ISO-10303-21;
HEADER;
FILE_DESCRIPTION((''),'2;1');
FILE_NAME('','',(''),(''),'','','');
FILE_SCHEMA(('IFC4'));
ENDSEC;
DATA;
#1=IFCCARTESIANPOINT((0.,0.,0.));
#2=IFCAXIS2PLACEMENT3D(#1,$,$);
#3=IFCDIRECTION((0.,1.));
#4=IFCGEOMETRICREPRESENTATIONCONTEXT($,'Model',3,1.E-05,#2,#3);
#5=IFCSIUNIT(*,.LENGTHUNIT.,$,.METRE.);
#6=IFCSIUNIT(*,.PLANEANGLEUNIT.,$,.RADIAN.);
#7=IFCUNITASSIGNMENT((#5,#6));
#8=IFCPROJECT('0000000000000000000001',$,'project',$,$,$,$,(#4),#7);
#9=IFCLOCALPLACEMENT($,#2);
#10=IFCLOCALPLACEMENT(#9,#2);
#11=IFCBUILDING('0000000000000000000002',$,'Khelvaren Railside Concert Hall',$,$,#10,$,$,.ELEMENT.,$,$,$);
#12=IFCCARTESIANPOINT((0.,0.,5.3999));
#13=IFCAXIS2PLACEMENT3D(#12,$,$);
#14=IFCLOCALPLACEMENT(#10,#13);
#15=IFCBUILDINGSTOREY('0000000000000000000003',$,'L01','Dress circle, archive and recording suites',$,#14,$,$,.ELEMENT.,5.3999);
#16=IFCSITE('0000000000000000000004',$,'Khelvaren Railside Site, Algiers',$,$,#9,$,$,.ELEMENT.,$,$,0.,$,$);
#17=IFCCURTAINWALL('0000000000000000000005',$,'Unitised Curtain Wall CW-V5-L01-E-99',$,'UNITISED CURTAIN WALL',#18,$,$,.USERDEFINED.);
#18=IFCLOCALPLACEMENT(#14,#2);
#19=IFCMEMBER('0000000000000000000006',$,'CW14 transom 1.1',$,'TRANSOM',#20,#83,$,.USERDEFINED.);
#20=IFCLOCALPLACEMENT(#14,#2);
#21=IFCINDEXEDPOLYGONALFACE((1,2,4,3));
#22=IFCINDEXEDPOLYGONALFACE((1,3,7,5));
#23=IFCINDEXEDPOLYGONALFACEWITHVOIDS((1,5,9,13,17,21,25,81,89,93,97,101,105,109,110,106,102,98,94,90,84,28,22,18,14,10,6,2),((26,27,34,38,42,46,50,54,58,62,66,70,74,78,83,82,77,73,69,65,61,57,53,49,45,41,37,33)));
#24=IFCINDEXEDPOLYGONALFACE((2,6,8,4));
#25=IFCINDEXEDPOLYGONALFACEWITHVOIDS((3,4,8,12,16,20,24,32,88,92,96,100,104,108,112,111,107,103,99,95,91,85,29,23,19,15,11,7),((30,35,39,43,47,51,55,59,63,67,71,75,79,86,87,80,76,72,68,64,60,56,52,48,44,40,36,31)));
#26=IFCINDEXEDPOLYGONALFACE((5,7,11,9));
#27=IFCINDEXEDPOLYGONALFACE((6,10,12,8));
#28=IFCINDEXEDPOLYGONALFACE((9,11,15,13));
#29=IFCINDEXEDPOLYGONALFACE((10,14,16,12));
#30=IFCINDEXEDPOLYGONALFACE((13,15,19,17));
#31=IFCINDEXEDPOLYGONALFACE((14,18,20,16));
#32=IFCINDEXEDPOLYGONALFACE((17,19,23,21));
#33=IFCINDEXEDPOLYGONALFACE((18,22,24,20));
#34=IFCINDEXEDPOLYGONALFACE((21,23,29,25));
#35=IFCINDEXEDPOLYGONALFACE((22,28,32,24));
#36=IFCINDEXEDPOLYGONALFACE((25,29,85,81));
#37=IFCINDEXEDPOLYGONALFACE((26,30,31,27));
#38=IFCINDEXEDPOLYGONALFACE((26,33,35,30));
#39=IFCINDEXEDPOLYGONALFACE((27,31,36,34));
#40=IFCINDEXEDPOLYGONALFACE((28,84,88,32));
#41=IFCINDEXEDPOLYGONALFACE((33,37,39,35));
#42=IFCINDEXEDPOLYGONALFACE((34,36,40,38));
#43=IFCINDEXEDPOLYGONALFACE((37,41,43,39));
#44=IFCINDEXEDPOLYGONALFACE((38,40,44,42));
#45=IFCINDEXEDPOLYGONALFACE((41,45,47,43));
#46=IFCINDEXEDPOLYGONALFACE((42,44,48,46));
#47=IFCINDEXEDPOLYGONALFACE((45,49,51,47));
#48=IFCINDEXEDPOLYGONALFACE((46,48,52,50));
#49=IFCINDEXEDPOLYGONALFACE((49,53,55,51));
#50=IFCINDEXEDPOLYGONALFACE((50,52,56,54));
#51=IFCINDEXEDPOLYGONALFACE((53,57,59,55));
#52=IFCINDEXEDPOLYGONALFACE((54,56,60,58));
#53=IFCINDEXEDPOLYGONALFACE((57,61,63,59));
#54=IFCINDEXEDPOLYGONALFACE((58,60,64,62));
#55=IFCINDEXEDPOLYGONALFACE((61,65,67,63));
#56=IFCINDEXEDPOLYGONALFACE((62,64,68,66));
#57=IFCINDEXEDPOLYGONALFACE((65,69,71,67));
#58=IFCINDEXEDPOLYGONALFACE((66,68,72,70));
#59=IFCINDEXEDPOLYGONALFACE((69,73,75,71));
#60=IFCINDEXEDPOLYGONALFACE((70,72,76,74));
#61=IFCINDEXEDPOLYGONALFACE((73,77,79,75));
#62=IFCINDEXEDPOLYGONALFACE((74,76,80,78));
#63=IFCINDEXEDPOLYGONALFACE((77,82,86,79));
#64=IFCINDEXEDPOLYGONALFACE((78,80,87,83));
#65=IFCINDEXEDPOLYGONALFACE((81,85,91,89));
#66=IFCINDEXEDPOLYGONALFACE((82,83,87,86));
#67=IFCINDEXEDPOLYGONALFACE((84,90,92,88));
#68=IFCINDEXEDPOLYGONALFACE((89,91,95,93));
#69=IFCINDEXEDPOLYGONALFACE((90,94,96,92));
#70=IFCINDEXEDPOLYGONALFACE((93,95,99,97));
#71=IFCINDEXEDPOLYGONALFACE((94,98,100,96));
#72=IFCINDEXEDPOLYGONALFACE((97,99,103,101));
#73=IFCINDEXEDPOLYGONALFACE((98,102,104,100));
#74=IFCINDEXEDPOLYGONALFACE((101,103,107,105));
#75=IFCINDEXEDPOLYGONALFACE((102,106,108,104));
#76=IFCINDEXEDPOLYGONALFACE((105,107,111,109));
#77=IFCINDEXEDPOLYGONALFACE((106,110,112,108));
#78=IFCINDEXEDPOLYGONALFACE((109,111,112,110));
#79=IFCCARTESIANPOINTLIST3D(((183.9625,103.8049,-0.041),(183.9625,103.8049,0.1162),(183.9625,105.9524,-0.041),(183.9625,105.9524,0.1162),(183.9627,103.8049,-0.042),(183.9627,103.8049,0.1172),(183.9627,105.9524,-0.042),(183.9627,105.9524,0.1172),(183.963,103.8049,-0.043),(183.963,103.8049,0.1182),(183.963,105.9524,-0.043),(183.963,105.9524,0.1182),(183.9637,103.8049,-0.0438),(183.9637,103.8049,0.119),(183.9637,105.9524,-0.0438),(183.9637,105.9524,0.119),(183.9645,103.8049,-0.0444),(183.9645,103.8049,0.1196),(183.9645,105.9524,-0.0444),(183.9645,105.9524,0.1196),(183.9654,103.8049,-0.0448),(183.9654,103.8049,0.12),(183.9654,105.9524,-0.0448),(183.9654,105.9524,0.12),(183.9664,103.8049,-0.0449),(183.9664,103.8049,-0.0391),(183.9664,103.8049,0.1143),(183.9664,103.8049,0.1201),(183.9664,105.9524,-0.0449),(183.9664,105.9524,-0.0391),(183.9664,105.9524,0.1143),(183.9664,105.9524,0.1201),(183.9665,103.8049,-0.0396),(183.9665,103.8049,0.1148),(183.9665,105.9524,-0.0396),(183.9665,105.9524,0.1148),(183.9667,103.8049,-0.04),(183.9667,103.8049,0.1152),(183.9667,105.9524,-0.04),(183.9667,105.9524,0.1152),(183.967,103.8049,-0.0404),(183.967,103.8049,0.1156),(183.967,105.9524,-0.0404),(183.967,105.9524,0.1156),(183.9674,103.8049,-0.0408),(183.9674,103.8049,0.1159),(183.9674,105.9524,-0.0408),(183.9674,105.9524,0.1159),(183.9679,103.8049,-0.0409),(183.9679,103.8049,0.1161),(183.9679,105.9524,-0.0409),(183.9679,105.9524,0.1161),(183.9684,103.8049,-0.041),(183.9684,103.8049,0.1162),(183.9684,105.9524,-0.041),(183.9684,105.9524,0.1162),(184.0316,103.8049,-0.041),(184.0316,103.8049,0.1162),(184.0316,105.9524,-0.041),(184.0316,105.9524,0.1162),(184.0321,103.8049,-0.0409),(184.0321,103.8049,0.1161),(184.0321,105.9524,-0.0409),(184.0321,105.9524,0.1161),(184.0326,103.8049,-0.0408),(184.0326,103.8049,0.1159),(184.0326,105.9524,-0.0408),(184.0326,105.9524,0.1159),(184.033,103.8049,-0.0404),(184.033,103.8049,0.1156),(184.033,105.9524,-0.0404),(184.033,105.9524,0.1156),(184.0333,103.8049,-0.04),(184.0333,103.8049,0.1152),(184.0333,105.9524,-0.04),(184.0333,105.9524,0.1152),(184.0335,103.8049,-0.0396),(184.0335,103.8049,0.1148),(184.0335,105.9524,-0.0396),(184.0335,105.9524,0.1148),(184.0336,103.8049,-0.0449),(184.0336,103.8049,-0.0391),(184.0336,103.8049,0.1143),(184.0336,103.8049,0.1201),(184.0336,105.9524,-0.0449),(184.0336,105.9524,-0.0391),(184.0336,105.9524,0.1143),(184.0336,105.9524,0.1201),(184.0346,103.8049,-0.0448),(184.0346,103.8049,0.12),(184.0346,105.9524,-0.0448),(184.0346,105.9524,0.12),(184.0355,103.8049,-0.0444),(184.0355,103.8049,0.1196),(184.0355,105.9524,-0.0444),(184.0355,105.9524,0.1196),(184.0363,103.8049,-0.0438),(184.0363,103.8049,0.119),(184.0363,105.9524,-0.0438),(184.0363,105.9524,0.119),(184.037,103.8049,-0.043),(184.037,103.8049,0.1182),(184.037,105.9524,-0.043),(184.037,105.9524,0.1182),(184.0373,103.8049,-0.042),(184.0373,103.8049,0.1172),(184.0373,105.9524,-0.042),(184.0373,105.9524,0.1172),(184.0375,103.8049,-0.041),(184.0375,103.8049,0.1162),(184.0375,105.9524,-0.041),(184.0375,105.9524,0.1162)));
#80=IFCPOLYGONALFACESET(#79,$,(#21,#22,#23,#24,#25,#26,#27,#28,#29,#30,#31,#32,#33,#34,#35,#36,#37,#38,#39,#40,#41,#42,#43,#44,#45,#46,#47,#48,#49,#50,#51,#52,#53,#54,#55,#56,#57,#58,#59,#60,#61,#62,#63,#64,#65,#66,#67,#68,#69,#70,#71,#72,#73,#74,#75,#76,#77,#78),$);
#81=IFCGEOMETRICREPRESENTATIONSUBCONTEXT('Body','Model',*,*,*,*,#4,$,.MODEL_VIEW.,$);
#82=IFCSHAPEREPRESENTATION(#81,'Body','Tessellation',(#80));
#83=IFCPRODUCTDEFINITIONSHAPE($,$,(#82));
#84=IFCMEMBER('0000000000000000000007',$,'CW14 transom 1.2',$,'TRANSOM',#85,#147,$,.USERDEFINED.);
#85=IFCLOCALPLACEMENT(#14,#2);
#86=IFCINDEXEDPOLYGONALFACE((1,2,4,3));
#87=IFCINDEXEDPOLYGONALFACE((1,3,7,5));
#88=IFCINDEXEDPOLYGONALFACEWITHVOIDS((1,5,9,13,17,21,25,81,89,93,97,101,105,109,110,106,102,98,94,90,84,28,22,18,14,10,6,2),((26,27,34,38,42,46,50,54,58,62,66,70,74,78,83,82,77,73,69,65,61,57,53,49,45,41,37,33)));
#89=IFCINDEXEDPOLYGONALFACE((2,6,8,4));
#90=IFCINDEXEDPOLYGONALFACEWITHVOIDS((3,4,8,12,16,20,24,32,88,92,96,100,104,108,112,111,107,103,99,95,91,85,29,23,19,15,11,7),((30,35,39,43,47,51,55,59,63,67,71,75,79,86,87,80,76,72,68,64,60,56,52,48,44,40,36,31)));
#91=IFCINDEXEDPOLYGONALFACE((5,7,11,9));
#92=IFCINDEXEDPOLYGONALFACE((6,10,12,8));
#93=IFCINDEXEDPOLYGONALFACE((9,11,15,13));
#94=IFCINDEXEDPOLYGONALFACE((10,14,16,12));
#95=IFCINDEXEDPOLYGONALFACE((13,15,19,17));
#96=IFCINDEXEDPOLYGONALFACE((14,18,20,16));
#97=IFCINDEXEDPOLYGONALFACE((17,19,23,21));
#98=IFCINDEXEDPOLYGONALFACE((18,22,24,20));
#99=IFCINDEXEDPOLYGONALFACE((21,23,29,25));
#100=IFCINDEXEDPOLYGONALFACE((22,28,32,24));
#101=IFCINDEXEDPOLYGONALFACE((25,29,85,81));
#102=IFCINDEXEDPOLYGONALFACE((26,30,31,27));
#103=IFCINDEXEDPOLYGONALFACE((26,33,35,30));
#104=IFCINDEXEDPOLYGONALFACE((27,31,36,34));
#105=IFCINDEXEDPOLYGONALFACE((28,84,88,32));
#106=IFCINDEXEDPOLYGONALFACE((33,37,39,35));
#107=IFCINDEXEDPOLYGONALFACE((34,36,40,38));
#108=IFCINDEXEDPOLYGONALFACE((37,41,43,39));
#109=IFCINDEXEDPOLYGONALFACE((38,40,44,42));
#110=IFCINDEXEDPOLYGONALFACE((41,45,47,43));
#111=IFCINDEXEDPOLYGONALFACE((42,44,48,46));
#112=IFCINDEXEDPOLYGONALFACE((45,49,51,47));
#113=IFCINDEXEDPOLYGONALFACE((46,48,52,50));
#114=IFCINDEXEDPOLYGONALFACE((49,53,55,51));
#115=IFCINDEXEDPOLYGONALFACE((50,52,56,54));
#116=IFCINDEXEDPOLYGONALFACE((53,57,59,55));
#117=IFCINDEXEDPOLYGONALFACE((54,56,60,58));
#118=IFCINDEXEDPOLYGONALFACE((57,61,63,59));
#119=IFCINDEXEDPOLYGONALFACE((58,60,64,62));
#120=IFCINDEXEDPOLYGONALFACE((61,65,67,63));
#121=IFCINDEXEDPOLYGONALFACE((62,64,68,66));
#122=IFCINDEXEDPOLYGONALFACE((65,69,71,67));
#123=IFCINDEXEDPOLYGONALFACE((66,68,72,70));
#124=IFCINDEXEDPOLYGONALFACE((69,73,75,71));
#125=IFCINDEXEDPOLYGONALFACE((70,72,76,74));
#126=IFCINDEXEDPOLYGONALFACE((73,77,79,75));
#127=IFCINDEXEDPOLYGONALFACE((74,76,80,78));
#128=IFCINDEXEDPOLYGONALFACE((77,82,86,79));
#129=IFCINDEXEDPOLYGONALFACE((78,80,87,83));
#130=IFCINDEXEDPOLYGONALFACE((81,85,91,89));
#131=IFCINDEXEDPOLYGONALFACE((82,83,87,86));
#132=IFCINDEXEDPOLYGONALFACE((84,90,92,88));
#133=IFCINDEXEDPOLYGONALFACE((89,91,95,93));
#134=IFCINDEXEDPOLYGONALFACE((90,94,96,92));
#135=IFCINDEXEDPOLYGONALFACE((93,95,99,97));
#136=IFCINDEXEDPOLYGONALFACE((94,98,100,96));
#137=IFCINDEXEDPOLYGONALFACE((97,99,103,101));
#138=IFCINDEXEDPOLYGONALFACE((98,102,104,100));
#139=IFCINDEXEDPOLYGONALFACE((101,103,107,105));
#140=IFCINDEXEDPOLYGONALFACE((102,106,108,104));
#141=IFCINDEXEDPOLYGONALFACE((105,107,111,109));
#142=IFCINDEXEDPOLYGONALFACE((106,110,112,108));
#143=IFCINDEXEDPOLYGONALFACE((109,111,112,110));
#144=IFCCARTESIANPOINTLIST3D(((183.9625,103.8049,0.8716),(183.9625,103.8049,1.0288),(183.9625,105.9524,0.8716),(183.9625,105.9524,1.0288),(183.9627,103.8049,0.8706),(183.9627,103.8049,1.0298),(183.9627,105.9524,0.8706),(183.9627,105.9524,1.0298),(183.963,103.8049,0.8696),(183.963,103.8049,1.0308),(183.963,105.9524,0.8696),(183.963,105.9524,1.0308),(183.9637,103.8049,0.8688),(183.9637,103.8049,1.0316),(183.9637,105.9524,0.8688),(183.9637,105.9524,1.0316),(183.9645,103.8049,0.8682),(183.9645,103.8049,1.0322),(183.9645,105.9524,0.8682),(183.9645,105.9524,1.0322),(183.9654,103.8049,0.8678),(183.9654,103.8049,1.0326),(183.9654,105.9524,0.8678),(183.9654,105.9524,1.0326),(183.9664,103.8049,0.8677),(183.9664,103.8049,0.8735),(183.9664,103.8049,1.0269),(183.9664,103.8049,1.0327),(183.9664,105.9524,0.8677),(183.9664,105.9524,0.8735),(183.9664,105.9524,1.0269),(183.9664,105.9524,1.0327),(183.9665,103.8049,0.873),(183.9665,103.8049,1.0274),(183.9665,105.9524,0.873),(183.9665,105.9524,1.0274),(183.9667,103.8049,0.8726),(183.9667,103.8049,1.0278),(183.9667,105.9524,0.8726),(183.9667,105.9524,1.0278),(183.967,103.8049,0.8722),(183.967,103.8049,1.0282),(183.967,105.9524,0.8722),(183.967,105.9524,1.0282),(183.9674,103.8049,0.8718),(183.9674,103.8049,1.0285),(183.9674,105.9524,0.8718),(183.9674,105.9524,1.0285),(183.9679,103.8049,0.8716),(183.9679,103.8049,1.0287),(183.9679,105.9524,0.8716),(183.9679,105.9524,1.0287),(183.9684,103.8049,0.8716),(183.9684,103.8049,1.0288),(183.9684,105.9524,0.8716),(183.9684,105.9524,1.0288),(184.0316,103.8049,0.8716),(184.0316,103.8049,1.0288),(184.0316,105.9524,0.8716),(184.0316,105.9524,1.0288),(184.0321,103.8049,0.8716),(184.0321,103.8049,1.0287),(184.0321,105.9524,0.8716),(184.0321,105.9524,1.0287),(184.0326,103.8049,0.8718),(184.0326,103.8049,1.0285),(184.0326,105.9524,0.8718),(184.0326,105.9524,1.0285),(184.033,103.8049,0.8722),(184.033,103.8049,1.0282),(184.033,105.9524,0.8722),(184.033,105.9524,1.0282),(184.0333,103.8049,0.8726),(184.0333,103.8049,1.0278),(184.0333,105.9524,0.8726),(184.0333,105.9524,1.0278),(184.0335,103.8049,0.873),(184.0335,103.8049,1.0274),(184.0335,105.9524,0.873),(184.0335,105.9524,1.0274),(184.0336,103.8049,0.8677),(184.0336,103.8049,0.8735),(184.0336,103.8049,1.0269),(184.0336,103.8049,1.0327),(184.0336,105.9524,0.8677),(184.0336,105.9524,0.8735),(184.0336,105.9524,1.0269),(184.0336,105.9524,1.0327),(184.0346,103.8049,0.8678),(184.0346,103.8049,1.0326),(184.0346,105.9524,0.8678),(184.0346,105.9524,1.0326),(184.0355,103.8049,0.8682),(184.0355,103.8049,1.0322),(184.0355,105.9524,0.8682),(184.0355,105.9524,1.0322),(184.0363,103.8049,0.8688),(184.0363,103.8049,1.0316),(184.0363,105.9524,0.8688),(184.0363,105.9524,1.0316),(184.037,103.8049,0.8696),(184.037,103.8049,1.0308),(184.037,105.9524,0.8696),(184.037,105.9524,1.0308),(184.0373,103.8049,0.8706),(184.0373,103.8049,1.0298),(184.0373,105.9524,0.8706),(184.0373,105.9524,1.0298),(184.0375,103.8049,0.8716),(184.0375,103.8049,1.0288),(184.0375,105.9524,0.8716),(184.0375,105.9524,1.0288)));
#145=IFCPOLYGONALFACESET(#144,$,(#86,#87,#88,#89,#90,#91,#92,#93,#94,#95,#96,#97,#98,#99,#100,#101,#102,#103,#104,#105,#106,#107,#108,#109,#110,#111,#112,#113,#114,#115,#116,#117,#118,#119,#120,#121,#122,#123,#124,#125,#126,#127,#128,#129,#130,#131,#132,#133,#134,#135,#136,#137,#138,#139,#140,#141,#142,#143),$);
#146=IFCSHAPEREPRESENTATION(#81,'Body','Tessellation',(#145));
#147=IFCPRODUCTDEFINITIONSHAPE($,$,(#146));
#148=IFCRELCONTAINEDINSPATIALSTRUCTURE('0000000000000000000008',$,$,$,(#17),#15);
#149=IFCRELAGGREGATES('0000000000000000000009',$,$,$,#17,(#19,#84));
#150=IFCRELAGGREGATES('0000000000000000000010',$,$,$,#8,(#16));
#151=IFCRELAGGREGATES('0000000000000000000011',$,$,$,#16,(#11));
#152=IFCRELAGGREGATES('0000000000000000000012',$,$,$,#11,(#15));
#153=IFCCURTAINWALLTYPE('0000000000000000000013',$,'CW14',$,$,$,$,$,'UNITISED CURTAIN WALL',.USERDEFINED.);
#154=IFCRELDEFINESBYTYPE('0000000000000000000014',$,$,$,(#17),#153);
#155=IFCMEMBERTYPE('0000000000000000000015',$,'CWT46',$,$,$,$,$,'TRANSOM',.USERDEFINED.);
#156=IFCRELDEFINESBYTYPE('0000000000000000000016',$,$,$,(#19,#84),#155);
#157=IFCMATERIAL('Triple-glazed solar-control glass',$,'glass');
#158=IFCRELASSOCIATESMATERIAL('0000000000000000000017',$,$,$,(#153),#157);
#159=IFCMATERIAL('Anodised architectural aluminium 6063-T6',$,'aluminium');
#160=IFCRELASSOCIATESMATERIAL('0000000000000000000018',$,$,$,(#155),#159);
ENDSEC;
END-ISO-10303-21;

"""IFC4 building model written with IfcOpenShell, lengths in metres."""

from ifc_helpers import new_model, si_unit, direction, frame, origin, origin_2d, place, context, subcontext, project, spatial, hollow_rectangle, extrude, material, material_profile, profile_set, type_object, element, aggregate, save


model = new_model("IFC4")

# Units and contexts
model_context = context("Model", 3, precision=1e-05, world=origin(), true_north=direction((0.0, 1.0)))
body_context = subcontext(model_context, "Body", "Model", "MODEL_VIEW")
ifc_project = project(units=[si_unit("LENGTHUNIT", "METRE"), si_unit("PLANEANGLEUNIT", "RADIAN")], contexts=[model_context])

# Site, building, storey
site_placement = place(None, origin())
site = spatial("IfcSite", under=ifc_project, at=site_placement, Name="Khelvaren Railside Site, Algiers", CompositionType="ELEMENT", RefElevation=0.0)
building_placement = place(site_placement, origin())
building = spatial("IfcBuilding", under=site, at=building_placement, Name="Khelvaren Railside Concert Hall", CompositionType="ELEMENT")
storey_placement = place(building_placement, frame((0.0, 0.0, 5.3999)))
storey = spatial("IfcBuildingStorey", under=building, at=storey_placement, Name="L01", Description="Dress circle, archive and recording suites", CompositionType="ELEMENT", Elevation=5.3999)

# Curtain wall, members
ifc_material_1 = material(Name="Triple-glazed solar-control glass", Category="glass")
curtain_wall_type = type_object("IfcCurtainWallType", Name="CW14", ElementType="UNITISED CURTAIN WALL", PredefinedType="USERDEFINED", material=ifc_material_1)
curtain_wall_placement = place(storey_placement, origin())
curtain_wall = element("IfcCurtainWall", 1, at=curtain_wall_placement, inside=storey, type_object=curtain_wall_type, Name="Unitised Curtain Wall CW-V5-L01-E-99", ObjectType="UNITISED CURTAIN WALL", PredefinedType="USERDEFINED")
ifc_material_2 = material(Name="Anodised architectural aluminium 6063-T6", Category="aluminium")
ifc_material_profile_1 = material_profile(ifc_material_2, hollow_rectangle(XDim=0.075, YDim=0.165, WallThickness=0.0039, InnerFilletRadius=0.002, OuterFilletRadius=0.0039, at=origin_2d()), Name="CWT 75x165x4")
ifc_profile_set_1 = profile_set([ifc_material_profile_1], Name="Anodised architectural aluminium 6063-T6")
member_type_1 = type_object("IfcMemberType", Name="CWT46", ElementType="TRANSOM", PredefinedType="USERDEFINED", material=ifc_profile_set_1)
member_1_placement = place(storey_placement, frame((184.0, 105.9524, 0.0376), z_axis=(0.0, -1.0, 0.0), x_axis=(1.0, 0.0, 0.0)))
member_1 = element("IfcMember", 2, at=member_1_placement, type_object=member_type_1, Name="CW14 transom 1.1", ObjectType="TRANSOM", PredefinedType="USERDEFINED", context=body_context, shape_type="SweptSolid", body=[
    extrude(hollow_rectangle(XDim=0.075, YDim=0.165, WallThickness=0.0039, InnerFilletRadius=0.002, OuterFilletRadius=0.0039, at=origin_2d()), origin(), (0.0, 0.0, 1.0), 2.1475),
])
member_2_placement = place(storey_placement, frame((184.0, 105.9524, 0.9502), z_axis=(0.0, -1.0, 0.0), x_axis=(1.0, 0.0, 0.0)))
member_2 = element("IfcMember", 3, at=member_2_placement, type_object=member_type_1, Name="CW14 transom 1.2", ObjectType="TRANSOM", PredefinedType="USERDEFINED", context=body_context, shape_type="SweptSolid", body=[
    extrude(hollow_rectangle(XDim=0.075, YDim=0.165, WallThickness=0.0039, InnerFilletRadius=0.002, OuterFilletRadius=0.0039, at=origin_2d()), origin(), (0.0, 0.0, 1.0), 2.1475),
])

aggregate(curtain_wall, [member_1, member_2])

save(model, "model.ifc")
